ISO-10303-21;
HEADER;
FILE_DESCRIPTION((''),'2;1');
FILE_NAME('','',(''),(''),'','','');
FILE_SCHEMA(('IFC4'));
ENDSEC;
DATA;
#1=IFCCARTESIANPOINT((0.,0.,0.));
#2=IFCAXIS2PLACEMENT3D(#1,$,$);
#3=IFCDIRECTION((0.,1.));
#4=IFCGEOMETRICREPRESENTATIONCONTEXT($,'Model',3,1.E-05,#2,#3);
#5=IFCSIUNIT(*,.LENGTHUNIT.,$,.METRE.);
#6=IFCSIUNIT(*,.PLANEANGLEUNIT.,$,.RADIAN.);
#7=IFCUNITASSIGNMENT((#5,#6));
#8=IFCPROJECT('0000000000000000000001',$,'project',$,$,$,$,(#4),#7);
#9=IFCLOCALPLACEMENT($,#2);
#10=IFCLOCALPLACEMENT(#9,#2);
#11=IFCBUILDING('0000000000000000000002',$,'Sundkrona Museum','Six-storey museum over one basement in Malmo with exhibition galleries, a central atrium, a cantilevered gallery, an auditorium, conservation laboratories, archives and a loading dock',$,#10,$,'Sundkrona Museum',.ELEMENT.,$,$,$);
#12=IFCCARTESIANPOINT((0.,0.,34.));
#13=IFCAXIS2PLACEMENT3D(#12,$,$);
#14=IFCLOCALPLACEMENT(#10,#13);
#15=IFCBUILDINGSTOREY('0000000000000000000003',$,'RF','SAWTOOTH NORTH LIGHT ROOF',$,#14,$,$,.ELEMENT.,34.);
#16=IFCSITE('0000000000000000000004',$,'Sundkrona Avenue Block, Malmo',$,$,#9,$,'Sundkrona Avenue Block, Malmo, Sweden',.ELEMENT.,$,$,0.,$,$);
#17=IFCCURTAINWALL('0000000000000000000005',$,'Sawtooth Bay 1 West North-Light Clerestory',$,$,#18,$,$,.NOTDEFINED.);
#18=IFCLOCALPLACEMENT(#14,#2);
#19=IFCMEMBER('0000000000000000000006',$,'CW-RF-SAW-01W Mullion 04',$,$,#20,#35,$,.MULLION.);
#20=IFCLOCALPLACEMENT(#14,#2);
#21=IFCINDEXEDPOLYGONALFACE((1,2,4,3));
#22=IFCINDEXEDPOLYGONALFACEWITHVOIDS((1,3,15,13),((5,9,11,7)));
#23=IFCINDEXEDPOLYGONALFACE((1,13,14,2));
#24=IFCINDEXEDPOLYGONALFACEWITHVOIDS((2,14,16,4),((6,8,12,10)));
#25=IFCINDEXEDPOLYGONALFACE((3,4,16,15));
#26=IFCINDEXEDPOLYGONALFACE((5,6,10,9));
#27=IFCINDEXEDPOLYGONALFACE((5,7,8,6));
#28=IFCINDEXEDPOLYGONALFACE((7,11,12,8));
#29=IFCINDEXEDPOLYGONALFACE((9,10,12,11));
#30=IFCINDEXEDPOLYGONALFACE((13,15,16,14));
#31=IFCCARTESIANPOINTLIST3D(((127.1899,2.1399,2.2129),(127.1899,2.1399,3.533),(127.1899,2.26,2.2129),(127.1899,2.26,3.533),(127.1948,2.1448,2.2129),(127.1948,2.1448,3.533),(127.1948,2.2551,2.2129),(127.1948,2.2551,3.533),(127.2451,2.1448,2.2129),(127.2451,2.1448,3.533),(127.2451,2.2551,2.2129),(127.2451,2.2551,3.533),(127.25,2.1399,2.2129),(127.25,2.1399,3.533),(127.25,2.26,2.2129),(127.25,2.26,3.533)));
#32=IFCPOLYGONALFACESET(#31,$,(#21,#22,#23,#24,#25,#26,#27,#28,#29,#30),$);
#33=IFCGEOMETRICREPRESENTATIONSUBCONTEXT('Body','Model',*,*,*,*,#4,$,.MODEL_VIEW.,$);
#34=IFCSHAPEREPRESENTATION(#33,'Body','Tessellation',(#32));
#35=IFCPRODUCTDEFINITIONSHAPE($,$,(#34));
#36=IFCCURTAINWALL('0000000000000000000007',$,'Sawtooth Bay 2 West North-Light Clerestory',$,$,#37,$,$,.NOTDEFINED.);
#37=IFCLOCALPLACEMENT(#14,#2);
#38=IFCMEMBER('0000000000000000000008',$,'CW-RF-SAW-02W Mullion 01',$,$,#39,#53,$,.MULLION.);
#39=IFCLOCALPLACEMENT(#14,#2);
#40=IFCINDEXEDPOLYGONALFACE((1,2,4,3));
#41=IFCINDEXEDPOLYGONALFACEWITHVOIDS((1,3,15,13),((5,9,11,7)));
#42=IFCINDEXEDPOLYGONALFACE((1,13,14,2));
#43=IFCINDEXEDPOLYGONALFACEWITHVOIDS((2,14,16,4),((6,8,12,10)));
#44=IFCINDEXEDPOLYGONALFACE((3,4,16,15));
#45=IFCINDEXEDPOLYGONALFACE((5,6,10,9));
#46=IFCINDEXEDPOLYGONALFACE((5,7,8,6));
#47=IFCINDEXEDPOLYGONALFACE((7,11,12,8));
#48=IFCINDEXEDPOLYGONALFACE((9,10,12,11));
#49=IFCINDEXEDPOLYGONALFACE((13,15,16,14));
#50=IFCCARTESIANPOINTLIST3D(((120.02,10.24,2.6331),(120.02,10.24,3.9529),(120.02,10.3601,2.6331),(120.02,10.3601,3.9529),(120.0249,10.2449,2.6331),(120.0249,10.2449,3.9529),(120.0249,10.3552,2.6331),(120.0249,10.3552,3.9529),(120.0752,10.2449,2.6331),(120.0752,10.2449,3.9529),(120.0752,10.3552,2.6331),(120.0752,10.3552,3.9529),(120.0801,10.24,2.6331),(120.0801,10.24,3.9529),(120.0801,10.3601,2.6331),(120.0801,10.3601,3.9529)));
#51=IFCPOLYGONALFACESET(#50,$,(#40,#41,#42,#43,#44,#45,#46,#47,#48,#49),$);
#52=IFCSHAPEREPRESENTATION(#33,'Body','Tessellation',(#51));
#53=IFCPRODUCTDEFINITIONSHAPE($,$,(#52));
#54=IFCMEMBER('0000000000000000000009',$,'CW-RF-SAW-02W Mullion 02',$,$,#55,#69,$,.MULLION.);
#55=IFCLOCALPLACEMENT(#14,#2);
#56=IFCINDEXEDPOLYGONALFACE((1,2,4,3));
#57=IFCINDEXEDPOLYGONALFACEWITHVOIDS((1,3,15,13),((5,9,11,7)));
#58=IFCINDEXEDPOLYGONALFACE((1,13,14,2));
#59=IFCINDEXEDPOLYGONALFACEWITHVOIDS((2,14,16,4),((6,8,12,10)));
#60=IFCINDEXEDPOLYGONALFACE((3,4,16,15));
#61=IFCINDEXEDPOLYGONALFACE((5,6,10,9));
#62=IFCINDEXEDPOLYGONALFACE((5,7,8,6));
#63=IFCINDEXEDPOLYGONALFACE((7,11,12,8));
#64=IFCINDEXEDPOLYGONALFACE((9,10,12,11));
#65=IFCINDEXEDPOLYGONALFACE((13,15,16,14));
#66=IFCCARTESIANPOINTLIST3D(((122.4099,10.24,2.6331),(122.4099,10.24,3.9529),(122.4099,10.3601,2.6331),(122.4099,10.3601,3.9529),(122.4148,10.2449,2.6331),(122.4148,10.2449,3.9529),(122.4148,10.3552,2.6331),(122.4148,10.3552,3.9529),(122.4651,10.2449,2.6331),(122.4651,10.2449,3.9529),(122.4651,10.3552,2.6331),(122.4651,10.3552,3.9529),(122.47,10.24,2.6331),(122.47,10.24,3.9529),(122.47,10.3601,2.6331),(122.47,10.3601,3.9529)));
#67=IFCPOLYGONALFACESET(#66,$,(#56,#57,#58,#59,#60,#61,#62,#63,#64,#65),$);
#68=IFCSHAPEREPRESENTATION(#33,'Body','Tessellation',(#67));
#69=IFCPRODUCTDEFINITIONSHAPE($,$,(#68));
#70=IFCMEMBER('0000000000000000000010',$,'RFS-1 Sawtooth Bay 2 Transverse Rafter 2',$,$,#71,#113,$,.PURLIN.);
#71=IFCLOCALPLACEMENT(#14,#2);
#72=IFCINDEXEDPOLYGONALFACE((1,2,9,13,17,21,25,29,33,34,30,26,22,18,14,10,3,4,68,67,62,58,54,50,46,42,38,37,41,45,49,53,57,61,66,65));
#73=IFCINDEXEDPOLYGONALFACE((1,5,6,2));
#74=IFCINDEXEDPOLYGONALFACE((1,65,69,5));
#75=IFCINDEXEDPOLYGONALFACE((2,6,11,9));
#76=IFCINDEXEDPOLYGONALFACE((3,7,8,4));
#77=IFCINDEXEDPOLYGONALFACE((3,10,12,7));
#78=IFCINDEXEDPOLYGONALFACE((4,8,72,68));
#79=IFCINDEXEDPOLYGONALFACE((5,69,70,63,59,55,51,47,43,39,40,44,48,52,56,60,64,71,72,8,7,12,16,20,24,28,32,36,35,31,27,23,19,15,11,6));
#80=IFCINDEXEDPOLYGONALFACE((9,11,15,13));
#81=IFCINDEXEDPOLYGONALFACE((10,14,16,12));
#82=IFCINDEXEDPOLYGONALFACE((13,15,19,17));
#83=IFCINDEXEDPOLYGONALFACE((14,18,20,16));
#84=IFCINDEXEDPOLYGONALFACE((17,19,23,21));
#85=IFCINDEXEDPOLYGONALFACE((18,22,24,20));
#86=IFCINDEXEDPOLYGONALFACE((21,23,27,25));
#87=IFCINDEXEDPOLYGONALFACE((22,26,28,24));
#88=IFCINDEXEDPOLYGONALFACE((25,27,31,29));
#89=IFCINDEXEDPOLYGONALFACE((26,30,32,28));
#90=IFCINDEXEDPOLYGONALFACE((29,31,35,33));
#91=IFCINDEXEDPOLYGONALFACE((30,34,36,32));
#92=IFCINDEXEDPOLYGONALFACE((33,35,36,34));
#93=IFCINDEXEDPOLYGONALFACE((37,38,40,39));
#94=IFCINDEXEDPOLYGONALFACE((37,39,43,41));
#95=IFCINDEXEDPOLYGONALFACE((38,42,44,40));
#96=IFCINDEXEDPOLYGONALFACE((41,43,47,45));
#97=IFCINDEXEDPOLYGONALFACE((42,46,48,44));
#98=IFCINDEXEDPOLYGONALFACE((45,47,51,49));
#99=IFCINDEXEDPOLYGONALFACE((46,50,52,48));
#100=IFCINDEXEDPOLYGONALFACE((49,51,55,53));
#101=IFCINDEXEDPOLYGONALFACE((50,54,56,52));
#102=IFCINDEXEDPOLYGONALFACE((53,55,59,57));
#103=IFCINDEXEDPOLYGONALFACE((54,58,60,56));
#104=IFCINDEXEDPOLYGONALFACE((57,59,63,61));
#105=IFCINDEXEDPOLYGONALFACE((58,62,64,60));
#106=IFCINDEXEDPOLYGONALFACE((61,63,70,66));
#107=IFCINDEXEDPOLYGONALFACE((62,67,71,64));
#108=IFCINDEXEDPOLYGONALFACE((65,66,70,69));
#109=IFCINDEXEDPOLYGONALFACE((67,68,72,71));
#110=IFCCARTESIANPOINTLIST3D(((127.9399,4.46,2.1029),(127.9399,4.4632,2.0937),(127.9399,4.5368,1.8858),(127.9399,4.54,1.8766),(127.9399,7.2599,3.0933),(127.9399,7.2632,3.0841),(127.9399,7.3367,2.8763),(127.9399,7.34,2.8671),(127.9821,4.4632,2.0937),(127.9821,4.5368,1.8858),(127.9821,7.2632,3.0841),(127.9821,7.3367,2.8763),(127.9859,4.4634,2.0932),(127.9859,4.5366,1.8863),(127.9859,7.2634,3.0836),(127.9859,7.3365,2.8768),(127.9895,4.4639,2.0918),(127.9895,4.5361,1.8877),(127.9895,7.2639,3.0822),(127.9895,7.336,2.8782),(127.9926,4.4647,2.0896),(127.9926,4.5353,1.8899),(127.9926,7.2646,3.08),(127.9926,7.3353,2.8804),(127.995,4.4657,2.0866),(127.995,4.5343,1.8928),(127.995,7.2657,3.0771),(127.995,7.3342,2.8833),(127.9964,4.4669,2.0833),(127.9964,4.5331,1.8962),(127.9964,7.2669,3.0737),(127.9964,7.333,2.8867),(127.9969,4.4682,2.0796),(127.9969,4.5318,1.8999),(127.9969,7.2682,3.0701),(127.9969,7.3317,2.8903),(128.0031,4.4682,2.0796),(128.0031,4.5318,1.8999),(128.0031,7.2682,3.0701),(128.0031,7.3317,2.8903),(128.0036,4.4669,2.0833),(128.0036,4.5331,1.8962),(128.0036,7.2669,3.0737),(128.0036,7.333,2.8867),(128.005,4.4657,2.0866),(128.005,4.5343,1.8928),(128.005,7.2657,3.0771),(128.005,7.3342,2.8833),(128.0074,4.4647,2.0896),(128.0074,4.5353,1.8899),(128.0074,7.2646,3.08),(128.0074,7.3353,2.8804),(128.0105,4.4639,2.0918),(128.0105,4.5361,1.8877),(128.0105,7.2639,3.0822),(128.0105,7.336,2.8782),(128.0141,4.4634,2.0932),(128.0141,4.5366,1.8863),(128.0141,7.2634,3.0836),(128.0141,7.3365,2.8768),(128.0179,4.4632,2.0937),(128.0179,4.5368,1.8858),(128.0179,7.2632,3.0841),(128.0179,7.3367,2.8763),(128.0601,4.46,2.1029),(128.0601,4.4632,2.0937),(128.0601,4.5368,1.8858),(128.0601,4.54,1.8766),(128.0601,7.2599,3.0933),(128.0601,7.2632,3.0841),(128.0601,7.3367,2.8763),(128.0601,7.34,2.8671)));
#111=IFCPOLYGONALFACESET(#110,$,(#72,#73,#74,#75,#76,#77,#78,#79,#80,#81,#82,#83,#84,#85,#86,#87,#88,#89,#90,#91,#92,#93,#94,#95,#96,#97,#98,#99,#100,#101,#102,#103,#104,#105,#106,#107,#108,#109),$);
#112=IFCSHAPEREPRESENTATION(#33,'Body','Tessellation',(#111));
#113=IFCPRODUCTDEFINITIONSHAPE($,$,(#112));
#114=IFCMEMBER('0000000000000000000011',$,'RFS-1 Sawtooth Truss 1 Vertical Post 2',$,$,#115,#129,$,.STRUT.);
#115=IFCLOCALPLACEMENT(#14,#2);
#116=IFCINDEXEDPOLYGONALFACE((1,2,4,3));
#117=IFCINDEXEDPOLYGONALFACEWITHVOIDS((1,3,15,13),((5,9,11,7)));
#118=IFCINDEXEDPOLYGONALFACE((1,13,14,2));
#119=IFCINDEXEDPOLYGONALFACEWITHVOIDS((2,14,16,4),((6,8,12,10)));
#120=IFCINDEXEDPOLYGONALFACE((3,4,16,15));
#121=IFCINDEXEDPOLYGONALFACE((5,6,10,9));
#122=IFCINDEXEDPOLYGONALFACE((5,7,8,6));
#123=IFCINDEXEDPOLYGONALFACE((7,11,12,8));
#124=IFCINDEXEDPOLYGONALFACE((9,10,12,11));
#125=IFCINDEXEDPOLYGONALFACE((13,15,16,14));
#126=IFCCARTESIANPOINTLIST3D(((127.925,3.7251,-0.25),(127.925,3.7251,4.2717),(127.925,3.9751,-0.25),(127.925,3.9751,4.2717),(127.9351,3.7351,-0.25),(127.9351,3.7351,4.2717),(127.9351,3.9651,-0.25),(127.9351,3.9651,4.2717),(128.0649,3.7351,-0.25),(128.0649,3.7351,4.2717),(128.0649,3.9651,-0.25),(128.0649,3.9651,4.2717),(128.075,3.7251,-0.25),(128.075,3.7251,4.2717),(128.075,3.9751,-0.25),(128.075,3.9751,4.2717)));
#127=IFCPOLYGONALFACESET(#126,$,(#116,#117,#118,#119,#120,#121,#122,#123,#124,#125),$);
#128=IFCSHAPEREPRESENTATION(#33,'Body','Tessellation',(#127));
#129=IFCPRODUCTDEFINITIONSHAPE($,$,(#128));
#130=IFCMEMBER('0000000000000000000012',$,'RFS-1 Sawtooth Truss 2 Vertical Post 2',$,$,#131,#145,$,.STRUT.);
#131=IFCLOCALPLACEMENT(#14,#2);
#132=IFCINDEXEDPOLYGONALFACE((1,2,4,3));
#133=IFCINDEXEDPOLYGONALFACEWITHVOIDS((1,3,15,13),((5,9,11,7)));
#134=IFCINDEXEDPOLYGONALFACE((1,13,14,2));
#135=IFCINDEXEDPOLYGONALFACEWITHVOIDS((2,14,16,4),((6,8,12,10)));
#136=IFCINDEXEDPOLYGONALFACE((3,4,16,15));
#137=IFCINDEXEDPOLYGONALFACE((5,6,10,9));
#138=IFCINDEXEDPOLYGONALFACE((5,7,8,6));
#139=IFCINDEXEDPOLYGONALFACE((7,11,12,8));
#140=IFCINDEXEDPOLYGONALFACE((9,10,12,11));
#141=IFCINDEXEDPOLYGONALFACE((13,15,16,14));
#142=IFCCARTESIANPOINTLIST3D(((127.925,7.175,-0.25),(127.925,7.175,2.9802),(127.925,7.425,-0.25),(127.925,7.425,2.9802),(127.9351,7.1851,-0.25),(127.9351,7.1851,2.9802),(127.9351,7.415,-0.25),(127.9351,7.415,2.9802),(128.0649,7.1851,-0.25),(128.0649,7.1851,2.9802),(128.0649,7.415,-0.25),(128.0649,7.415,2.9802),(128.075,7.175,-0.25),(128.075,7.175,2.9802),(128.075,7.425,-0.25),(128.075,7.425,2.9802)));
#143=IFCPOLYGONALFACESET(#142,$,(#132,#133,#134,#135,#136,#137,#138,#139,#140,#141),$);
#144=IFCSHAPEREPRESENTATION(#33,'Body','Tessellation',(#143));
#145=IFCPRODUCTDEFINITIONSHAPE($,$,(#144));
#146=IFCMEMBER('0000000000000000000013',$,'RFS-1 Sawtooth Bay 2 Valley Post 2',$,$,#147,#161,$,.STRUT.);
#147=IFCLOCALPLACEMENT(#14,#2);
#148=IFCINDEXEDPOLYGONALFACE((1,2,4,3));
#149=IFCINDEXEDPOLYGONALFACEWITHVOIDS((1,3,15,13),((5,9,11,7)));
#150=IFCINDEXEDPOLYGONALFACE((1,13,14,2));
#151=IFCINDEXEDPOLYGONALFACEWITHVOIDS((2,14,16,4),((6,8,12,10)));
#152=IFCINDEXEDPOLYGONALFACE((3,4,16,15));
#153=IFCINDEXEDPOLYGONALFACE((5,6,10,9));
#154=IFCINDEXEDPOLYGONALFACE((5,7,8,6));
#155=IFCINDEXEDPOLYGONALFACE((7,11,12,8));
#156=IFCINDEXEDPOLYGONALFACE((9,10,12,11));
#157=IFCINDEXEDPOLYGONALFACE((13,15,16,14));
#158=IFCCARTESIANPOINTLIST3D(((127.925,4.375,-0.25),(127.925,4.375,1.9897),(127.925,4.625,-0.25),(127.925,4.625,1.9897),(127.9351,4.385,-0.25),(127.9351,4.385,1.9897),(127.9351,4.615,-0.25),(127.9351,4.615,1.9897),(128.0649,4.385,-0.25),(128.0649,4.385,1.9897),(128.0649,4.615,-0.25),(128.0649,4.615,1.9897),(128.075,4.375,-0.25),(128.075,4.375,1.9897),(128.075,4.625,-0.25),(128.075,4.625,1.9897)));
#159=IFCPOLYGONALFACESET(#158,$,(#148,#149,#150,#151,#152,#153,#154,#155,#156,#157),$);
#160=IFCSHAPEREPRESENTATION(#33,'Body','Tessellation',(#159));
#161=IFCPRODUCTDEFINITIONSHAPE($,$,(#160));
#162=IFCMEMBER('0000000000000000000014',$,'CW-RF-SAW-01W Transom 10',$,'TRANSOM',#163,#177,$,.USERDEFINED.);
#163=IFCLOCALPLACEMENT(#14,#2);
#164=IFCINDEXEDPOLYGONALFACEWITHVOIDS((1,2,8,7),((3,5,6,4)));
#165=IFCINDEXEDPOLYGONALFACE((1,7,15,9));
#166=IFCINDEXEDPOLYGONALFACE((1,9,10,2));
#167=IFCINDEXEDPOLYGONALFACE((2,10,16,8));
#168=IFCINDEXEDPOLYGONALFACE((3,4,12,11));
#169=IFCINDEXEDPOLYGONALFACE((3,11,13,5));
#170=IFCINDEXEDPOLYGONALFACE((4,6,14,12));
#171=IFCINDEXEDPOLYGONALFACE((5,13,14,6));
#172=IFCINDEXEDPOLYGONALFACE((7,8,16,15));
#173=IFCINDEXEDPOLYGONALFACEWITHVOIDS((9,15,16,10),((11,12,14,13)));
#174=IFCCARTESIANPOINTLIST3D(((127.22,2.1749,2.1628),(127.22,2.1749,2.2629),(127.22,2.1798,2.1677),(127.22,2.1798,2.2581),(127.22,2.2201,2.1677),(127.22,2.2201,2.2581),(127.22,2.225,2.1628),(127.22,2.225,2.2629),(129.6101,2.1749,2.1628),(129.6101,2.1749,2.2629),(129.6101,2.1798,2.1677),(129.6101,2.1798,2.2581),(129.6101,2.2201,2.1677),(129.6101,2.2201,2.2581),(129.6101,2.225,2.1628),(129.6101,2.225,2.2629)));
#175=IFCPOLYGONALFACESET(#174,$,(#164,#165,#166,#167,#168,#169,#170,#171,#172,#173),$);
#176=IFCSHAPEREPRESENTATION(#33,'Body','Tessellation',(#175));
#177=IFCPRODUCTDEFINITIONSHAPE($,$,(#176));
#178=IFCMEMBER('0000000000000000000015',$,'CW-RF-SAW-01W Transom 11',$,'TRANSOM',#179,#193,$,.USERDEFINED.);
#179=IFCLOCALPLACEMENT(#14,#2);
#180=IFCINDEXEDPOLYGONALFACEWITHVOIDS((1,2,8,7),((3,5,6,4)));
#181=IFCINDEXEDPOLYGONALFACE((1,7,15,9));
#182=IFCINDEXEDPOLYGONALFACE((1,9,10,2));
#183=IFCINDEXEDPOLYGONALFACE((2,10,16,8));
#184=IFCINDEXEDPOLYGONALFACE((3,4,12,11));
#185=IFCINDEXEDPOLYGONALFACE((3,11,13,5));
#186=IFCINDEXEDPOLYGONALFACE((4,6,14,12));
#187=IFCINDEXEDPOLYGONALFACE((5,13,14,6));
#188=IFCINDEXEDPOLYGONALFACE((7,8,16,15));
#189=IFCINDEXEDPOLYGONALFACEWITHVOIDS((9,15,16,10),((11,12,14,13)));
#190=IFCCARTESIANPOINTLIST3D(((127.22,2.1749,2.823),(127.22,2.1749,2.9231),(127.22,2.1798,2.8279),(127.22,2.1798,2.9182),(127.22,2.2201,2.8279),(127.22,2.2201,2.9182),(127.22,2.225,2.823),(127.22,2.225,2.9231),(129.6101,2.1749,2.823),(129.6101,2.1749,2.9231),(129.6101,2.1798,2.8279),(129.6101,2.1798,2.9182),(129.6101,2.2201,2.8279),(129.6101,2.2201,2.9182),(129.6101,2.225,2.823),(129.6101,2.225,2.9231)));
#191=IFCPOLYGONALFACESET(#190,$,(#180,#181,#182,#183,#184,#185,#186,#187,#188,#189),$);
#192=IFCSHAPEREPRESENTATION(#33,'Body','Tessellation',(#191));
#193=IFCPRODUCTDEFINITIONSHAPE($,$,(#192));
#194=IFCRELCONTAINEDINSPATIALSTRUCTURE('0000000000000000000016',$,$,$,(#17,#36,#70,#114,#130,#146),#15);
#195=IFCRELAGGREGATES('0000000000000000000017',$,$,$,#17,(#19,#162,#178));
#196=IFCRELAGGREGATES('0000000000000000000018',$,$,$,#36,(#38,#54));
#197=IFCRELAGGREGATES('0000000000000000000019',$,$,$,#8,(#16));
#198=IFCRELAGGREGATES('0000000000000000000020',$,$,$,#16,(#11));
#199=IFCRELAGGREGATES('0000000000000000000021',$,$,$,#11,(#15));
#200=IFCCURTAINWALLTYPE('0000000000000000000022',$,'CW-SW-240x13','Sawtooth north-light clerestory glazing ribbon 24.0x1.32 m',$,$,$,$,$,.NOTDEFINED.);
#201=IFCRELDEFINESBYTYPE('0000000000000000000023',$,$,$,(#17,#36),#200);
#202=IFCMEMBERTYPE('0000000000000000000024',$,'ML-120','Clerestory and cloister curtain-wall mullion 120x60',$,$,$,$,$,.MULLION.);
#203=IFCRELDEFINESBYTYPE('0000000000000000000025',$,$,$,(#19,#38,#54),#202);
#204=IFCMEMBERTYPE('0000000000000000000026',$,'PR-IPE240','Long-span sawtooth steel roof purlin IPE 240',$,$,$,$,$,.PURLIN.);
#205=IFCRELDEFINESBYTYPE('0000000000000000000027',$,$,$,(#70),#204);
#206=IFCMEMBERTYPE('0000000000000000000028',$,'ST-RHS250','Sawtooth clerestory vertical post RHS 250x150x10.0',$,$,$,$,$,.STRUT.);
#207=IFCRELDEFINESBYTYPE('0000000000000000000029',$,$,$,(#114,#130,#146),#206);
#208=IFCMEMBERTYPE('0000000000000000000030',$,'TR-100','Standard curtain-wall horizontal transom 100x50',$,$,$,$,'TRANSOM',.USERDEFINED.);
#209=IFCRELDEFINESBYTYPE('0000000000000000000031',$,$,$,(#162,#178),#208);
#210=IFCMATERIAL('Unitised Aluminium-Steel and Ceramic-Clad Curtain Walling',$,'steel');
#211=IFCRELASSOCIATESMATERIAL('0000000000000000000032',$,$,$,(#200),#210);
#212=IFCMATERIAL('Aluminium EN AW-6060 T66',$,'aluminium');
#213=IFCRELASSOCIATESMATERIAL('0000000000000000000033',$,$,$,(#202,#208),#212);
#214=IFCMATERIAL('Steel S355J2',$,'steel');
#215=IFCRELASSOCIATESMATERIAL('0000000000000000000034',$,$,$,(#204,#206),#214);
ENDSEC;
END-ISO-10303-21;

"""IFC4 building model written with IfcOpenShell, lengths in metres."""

from ifc_helpers import new_model, si_unit, direction, frame, origin, origin_2d, place, context, subcontext, project, spatial, hollow_rectangle, i_section, extrude, material, material_profile, profile_set, type_object, element, aggregate, save


model = new_model("IFC4")

# Units and contexts
model_context = context("Model", 3, precision=1e-05, world=origin(), true_north=direction((0.0, 1.0)))
body_context = subcontext(model_context, "Body", "Model", "MODEL_VIEW")
ifc_project = project(units=[si_unit("LENGTHUNIT", "METRE"), si_unit("PLANEANGLEUNIT", "RADIAN")], contexts=[model_context])

# Site, building, storey
site_placement = place(None, origin())
site = spatial("IfcSite", under=ifc_project, at=site_placement, Name="Sundkrona Avenue Block, Malmo", LongName="Sundkrona Avenue Block, Malmo, Sweden", CompositionType="ELEMENT", RefElevation=0.0)
building_placement = place(site_placement, origin())
building = spatial("IfcBuilding", under=site, at=building_placement, Name="Sundkrona Museum", Description="Six-storey museum over one basement in Malmo with exhibition galleries, a central atrium, a cantilevered gallery, an auditorium, conservation laboratories, archives and a loading dock", LongName="Sundkrona Museum", CompositionType="ELEMENT")
storey_placement = place(building_placement, frame((0.0, 0.0, 34.0)))
storey = spatial("IfcBuildingStorey", under=building, at=storey_placement, Name="RF", Description="SAWTOOTH NORTH LIGHT ROOF", CompositionType="ELEMENT", Elevation=34.0)

# Curtain wall, member
ifc_material_1 = material(Name="Unitised Aluminium-Steel and Ceramic-Clad Curtain Walling", Category="steel")
curtain_wall_type = type_object("IfcCurtainWallType", Name="CW-SW-240x13", Description="Sawtooth north-light clerestory glazing ribbon 24.0x1.32 m", PredefinedType="NOTDEFINED", material=ifc_material_1)
curtain_wall_1_placement = place(storey_placement, origin())
curtain_wall_1 = element("IfcCurtainWall", 1, at=curtain_wall_1_placement, inside=storey, type_object=curtain_wall_type, Name="Sawtooth Bay 1 West North-Light Clerestory", PredefinedType="NOTDEFINED")
ifc_material_2 = material(Name="Aluminium EN AW-6060 T66", Category="aluminium")
ifc_material_profile_1 = material_profile(ifc_material_2, hollow_rectangle(XDim=0.0601, YDim=0.1201, WallThickness=0.0049, at=origin_2d()), Name="RHS 120x60x5.0")
ifc_profile_set_1 = profile_set([ifc_material_profile_1], Name="Aluminium EN AW-6060 T66")
member_type_1 = type_object("IfcMemberType", Name="ML-120", Description="Clerestory and cloister curtain-wall mullion 120x60", PredefinedType="MULLION", material=ifc_profile_set_1)
member_1_placement = place(storey_placement, frame((127.22, 2.2, 2.2129), z_axis=(0.0, 0.0, 1.0), x_axis=(1.0, 0.0, 0.0)))
member_1 = element("IfcMember", 2, at=member_1_placement, type_object=member_type_1, Name="CW-RF-SAW-01W Mullion 04", PredefinedType="MULLION", context=body_context, shape_type="SweptSolid", body=[
    extrude(hollow_rectangle(XDim=0.0601, YDim=0.1201, WallThickness=0.0049, at=origin_2d()), origin(), (0.0, 0.0, 1.0), 1.3201),
])

# Curtain wall, members
curtain_wall_2_placement = place(storey_placement, origin())
curtain_wall_2 = element("IfcCurtainWall", 3, at=curtain_wall_2_placement, inside=storey, type_object=curtain_wall_type, Name="Sawtooth Bay 2 West North-Light Clerestory", PredefinedType="NOTDEFINED")
member_2_placement = place(storey_placement, frame((120.05, 10.3, 2.6331), z_axis=(0.0, 0.0, 1.0), x_axis=(1.0, 0.0, 0.0)))
member_2 = element("IfcMember", 4, at=member_2_placement, type_object=member_type_1, Name="CW-RF-SAW-02W Mullion 01", PredefinedType="MULLION", context=body_context, shape_type="SweptSolid", body=[
    extrude(hollow_rectangle(XDim=0.0601, YDim=0.1201, WallThickness=0.0049, at=origin_2d()), origin(), (0.0, 0.0, 1.0), 1.3198),
])
member_3_placement = place(storey_placement, frame((122.4399, 10.3, 2.6331), z_axis=(0.0, 0.0, 1.0), x_axis=(1.0, 0.0, 0.0)))
member_3 = element("IfcMember", 5, at=member_3_placement, type_object=member_type_1, Name="CW-RF-SAW-02W Mullion 02", PredefinedType="MULLION", context=body_context, shape_type="SweptSolid", body=[
    extrude(hollow_rectangle(XDim=0.0601, YDim=0.1201, WallThickness=0.0049, at=origin_2d()), origin(), (0.0, 0.0, 1.0), 1.3198),
])

# Members
ifc_material_3 = material(Name="Steel S355J2", Category="steel")
ifc_material_profile_2 = material_profile(ifc_material_3, i_section(OverallWidth=0.1201, OverallDepth=0.24, WebThickness=0.0061, FlangeThickness=0.0098, FilletRadius=0.0149, at=origin_2d()), Name="IPE 240")
ifc_profile_set_2 = profile_set([ifc_material_profile_2], Name="Steel S355J2")
member_type_2 = type_object("IfcMemberType", Name="PR-IPE240", Description="Long-span sawtooth steel roof purlin IPE 240", PredefinedType="PURLIN", material=ifc_profile_set_2)
member_4_placement = place(storey_placement, frame((128.0, 4.5, 1.9897), z_axis=(0.0, 0.942755, 0.333486), x_axis=(-1.0, 0.0, 0.0)))
element("IfcMember", 6, at=member_4_placement, inside=storey, type_object=member_type_2, Name="RFS-1 Sawtooth Bay 2 Transverse Rafter 2", PredefinedType="PURLIN", context=body_context, shape_type="SweptSolid", body=[
    extrude(i_section(OverallWidth=0.1201, OverallDepth=0.24, WebThickness=0.0061, FlangeThickness=0.0098, FilletRadius=0.0149, at=origin_2d()), origin(), (0.0, 0.0, 1.0), 2.97),
])
ifc_material_profile_3 = material_profile(ifc_material_3, hollow_rectangle(XDim=0.1499, YDim=0.25, WallThickness=0.01, at=origin_2d()), Name="RHS 250x150x10.0")
ifc_profile_set_3 = profile_set([ifc_material_profile_3], Name="Steel S355J2")
member_type_3 = type_object("IfcMemberType", Name="ST-RHS250", Description="Sawtooth clerestory vertical post RHS 250x150x10.0", PredefinedType="STRUT", material=ifc_profile_set_3)
member_5_placement = place(storey_placement, frame((128.0, 3.8501, -0.25), z_axis=(0.0, 0.0, 1.0), x_axis=(1.0, 0.0, 0.0)))
element("IfcMember", 7, at=member_5_placement, inside=storey, type_object=member_type_3, Name="RFS-1 Sawtooth Truss 1 Vertical Post 2", PredefinedType="STRUT", context=body_context, shape_type="SweptSolid", body=[
    extrude(hollow_rectangle(XDim=0.1499, YDim=0.25, WallThickness=0.01, at=origin_2d()), origin(), (0.0, 0.0, 1.0), 4.5217),
])
member_6_placement = place(storey_placement, frame((128.0, 7.3, -0.25), z_axis=(0.0, 0.0, 1.0), x_axis=(1.0, 0.0, 0.0)))
element("IfcMember", 8, at=member_6_placement, inside=storey, type_object=member_type_3, Name="RFS-1 Sawtooth Truss 2 Vertical Post 2", PredefinedType="STRUT", context=body_context, shape_type="SweptSolid", body=[
    extrude(hollow_rectangle(XDim=0.1499, YDim=0.25, WallThickness=0.01, at=origin_2d()), origin(), (0.0, 0.0, 1.0), 3.2302),
])
member_7_placement = place(storey_placement, frame((128.0, 4.5, -0.25), z_axis=(0.0, 0.0, 1.0), x_axis=(1.0, 0.0, 0.0)))
element("IfcMember", 9, at=member_7_placement, inside=storey, type_object=member_type_3, Name="RFS-1 Sawtooth Bay 2 Valley Post 2", PredefinedType="STRUT", context=body_context, shape_type="SweptSolid", body=[
    extrude(hollow_rectangle(XDim=0.1499, YDim=0.25, WallThickness=0.01, at=origin_2d()), origin(), (0.0, 0.0, 1.0), 2.2397),
])

# Members
ifc_material_profile_4 = material_profile(ifc_material_2, hollow_rectangle(XDim=0.05, YDim=0.1001, WallThickness=0.0049, at=origin_2d()), Name="RHS 100x50x5.0")
ifc_profile_set_4 = profile_set([ifc_material_profile_4], Name="Aluminium EN AW-6060 T66")
member_type_4 = type_object("IfcMemberType", Name="TR-100", Description="Standard curtain-wall horizontal transom 100x50", ElementType="TRANSOM", PredefinedType="USERDEFINED", material=ifc_profile_set_4)
member_8_placement = place(storey_placement, frame((127.22, 2.2, 2.2129), z_axis=(1.0, 0.0, 0.0), x_axis=(0.0, 1.0, 0.0)))
member_8 = element("IfcMember", 10, at=member_8_placement, type_object=member_type_4, Name="CW-RF-SAW-01W Transom 10", ObjectType="TRANSOM", PredefinedType="USERDEFINED", context=body_context, shape_type="SweptSolid", body=[
    extrude(hollow_rectangle(XDim=0.05, YDim=0.1001, WallThickness=0.0049, at=origin_2d()), origin(), (0.0, 0.0, 1.0), 2.3901),
])
member_9_placement = place(storey_placement, frame((127.22, 2.2, 2.873), z_axis=(1.0, 0.0, 0.0), x_axis=(0.0, 1.0, 0.0)))
member_9 = element("IfcMember", 11, at=member_9_placement, type_object=member_type_4, Name="CW-RF-SAW-01W Transom 11", ObjectType="TRANSOM", PredefinedType="USERDEFINED", context=body_context, shape_type="SweptSolid", body=[
    extrude(hollow_rectangle(XDim=0.05, YDim=0.1001, WallThickness=0.0049, at=origin_2d()), origin(), (0.0, 0.0, 1.0), 2.3901),
])
aggregate(curtain_wall_1, [member_1, member_8, member_9])

aggregate(curtain_wall_2, [member_2, member_3])

save(model, "model.ifc")
